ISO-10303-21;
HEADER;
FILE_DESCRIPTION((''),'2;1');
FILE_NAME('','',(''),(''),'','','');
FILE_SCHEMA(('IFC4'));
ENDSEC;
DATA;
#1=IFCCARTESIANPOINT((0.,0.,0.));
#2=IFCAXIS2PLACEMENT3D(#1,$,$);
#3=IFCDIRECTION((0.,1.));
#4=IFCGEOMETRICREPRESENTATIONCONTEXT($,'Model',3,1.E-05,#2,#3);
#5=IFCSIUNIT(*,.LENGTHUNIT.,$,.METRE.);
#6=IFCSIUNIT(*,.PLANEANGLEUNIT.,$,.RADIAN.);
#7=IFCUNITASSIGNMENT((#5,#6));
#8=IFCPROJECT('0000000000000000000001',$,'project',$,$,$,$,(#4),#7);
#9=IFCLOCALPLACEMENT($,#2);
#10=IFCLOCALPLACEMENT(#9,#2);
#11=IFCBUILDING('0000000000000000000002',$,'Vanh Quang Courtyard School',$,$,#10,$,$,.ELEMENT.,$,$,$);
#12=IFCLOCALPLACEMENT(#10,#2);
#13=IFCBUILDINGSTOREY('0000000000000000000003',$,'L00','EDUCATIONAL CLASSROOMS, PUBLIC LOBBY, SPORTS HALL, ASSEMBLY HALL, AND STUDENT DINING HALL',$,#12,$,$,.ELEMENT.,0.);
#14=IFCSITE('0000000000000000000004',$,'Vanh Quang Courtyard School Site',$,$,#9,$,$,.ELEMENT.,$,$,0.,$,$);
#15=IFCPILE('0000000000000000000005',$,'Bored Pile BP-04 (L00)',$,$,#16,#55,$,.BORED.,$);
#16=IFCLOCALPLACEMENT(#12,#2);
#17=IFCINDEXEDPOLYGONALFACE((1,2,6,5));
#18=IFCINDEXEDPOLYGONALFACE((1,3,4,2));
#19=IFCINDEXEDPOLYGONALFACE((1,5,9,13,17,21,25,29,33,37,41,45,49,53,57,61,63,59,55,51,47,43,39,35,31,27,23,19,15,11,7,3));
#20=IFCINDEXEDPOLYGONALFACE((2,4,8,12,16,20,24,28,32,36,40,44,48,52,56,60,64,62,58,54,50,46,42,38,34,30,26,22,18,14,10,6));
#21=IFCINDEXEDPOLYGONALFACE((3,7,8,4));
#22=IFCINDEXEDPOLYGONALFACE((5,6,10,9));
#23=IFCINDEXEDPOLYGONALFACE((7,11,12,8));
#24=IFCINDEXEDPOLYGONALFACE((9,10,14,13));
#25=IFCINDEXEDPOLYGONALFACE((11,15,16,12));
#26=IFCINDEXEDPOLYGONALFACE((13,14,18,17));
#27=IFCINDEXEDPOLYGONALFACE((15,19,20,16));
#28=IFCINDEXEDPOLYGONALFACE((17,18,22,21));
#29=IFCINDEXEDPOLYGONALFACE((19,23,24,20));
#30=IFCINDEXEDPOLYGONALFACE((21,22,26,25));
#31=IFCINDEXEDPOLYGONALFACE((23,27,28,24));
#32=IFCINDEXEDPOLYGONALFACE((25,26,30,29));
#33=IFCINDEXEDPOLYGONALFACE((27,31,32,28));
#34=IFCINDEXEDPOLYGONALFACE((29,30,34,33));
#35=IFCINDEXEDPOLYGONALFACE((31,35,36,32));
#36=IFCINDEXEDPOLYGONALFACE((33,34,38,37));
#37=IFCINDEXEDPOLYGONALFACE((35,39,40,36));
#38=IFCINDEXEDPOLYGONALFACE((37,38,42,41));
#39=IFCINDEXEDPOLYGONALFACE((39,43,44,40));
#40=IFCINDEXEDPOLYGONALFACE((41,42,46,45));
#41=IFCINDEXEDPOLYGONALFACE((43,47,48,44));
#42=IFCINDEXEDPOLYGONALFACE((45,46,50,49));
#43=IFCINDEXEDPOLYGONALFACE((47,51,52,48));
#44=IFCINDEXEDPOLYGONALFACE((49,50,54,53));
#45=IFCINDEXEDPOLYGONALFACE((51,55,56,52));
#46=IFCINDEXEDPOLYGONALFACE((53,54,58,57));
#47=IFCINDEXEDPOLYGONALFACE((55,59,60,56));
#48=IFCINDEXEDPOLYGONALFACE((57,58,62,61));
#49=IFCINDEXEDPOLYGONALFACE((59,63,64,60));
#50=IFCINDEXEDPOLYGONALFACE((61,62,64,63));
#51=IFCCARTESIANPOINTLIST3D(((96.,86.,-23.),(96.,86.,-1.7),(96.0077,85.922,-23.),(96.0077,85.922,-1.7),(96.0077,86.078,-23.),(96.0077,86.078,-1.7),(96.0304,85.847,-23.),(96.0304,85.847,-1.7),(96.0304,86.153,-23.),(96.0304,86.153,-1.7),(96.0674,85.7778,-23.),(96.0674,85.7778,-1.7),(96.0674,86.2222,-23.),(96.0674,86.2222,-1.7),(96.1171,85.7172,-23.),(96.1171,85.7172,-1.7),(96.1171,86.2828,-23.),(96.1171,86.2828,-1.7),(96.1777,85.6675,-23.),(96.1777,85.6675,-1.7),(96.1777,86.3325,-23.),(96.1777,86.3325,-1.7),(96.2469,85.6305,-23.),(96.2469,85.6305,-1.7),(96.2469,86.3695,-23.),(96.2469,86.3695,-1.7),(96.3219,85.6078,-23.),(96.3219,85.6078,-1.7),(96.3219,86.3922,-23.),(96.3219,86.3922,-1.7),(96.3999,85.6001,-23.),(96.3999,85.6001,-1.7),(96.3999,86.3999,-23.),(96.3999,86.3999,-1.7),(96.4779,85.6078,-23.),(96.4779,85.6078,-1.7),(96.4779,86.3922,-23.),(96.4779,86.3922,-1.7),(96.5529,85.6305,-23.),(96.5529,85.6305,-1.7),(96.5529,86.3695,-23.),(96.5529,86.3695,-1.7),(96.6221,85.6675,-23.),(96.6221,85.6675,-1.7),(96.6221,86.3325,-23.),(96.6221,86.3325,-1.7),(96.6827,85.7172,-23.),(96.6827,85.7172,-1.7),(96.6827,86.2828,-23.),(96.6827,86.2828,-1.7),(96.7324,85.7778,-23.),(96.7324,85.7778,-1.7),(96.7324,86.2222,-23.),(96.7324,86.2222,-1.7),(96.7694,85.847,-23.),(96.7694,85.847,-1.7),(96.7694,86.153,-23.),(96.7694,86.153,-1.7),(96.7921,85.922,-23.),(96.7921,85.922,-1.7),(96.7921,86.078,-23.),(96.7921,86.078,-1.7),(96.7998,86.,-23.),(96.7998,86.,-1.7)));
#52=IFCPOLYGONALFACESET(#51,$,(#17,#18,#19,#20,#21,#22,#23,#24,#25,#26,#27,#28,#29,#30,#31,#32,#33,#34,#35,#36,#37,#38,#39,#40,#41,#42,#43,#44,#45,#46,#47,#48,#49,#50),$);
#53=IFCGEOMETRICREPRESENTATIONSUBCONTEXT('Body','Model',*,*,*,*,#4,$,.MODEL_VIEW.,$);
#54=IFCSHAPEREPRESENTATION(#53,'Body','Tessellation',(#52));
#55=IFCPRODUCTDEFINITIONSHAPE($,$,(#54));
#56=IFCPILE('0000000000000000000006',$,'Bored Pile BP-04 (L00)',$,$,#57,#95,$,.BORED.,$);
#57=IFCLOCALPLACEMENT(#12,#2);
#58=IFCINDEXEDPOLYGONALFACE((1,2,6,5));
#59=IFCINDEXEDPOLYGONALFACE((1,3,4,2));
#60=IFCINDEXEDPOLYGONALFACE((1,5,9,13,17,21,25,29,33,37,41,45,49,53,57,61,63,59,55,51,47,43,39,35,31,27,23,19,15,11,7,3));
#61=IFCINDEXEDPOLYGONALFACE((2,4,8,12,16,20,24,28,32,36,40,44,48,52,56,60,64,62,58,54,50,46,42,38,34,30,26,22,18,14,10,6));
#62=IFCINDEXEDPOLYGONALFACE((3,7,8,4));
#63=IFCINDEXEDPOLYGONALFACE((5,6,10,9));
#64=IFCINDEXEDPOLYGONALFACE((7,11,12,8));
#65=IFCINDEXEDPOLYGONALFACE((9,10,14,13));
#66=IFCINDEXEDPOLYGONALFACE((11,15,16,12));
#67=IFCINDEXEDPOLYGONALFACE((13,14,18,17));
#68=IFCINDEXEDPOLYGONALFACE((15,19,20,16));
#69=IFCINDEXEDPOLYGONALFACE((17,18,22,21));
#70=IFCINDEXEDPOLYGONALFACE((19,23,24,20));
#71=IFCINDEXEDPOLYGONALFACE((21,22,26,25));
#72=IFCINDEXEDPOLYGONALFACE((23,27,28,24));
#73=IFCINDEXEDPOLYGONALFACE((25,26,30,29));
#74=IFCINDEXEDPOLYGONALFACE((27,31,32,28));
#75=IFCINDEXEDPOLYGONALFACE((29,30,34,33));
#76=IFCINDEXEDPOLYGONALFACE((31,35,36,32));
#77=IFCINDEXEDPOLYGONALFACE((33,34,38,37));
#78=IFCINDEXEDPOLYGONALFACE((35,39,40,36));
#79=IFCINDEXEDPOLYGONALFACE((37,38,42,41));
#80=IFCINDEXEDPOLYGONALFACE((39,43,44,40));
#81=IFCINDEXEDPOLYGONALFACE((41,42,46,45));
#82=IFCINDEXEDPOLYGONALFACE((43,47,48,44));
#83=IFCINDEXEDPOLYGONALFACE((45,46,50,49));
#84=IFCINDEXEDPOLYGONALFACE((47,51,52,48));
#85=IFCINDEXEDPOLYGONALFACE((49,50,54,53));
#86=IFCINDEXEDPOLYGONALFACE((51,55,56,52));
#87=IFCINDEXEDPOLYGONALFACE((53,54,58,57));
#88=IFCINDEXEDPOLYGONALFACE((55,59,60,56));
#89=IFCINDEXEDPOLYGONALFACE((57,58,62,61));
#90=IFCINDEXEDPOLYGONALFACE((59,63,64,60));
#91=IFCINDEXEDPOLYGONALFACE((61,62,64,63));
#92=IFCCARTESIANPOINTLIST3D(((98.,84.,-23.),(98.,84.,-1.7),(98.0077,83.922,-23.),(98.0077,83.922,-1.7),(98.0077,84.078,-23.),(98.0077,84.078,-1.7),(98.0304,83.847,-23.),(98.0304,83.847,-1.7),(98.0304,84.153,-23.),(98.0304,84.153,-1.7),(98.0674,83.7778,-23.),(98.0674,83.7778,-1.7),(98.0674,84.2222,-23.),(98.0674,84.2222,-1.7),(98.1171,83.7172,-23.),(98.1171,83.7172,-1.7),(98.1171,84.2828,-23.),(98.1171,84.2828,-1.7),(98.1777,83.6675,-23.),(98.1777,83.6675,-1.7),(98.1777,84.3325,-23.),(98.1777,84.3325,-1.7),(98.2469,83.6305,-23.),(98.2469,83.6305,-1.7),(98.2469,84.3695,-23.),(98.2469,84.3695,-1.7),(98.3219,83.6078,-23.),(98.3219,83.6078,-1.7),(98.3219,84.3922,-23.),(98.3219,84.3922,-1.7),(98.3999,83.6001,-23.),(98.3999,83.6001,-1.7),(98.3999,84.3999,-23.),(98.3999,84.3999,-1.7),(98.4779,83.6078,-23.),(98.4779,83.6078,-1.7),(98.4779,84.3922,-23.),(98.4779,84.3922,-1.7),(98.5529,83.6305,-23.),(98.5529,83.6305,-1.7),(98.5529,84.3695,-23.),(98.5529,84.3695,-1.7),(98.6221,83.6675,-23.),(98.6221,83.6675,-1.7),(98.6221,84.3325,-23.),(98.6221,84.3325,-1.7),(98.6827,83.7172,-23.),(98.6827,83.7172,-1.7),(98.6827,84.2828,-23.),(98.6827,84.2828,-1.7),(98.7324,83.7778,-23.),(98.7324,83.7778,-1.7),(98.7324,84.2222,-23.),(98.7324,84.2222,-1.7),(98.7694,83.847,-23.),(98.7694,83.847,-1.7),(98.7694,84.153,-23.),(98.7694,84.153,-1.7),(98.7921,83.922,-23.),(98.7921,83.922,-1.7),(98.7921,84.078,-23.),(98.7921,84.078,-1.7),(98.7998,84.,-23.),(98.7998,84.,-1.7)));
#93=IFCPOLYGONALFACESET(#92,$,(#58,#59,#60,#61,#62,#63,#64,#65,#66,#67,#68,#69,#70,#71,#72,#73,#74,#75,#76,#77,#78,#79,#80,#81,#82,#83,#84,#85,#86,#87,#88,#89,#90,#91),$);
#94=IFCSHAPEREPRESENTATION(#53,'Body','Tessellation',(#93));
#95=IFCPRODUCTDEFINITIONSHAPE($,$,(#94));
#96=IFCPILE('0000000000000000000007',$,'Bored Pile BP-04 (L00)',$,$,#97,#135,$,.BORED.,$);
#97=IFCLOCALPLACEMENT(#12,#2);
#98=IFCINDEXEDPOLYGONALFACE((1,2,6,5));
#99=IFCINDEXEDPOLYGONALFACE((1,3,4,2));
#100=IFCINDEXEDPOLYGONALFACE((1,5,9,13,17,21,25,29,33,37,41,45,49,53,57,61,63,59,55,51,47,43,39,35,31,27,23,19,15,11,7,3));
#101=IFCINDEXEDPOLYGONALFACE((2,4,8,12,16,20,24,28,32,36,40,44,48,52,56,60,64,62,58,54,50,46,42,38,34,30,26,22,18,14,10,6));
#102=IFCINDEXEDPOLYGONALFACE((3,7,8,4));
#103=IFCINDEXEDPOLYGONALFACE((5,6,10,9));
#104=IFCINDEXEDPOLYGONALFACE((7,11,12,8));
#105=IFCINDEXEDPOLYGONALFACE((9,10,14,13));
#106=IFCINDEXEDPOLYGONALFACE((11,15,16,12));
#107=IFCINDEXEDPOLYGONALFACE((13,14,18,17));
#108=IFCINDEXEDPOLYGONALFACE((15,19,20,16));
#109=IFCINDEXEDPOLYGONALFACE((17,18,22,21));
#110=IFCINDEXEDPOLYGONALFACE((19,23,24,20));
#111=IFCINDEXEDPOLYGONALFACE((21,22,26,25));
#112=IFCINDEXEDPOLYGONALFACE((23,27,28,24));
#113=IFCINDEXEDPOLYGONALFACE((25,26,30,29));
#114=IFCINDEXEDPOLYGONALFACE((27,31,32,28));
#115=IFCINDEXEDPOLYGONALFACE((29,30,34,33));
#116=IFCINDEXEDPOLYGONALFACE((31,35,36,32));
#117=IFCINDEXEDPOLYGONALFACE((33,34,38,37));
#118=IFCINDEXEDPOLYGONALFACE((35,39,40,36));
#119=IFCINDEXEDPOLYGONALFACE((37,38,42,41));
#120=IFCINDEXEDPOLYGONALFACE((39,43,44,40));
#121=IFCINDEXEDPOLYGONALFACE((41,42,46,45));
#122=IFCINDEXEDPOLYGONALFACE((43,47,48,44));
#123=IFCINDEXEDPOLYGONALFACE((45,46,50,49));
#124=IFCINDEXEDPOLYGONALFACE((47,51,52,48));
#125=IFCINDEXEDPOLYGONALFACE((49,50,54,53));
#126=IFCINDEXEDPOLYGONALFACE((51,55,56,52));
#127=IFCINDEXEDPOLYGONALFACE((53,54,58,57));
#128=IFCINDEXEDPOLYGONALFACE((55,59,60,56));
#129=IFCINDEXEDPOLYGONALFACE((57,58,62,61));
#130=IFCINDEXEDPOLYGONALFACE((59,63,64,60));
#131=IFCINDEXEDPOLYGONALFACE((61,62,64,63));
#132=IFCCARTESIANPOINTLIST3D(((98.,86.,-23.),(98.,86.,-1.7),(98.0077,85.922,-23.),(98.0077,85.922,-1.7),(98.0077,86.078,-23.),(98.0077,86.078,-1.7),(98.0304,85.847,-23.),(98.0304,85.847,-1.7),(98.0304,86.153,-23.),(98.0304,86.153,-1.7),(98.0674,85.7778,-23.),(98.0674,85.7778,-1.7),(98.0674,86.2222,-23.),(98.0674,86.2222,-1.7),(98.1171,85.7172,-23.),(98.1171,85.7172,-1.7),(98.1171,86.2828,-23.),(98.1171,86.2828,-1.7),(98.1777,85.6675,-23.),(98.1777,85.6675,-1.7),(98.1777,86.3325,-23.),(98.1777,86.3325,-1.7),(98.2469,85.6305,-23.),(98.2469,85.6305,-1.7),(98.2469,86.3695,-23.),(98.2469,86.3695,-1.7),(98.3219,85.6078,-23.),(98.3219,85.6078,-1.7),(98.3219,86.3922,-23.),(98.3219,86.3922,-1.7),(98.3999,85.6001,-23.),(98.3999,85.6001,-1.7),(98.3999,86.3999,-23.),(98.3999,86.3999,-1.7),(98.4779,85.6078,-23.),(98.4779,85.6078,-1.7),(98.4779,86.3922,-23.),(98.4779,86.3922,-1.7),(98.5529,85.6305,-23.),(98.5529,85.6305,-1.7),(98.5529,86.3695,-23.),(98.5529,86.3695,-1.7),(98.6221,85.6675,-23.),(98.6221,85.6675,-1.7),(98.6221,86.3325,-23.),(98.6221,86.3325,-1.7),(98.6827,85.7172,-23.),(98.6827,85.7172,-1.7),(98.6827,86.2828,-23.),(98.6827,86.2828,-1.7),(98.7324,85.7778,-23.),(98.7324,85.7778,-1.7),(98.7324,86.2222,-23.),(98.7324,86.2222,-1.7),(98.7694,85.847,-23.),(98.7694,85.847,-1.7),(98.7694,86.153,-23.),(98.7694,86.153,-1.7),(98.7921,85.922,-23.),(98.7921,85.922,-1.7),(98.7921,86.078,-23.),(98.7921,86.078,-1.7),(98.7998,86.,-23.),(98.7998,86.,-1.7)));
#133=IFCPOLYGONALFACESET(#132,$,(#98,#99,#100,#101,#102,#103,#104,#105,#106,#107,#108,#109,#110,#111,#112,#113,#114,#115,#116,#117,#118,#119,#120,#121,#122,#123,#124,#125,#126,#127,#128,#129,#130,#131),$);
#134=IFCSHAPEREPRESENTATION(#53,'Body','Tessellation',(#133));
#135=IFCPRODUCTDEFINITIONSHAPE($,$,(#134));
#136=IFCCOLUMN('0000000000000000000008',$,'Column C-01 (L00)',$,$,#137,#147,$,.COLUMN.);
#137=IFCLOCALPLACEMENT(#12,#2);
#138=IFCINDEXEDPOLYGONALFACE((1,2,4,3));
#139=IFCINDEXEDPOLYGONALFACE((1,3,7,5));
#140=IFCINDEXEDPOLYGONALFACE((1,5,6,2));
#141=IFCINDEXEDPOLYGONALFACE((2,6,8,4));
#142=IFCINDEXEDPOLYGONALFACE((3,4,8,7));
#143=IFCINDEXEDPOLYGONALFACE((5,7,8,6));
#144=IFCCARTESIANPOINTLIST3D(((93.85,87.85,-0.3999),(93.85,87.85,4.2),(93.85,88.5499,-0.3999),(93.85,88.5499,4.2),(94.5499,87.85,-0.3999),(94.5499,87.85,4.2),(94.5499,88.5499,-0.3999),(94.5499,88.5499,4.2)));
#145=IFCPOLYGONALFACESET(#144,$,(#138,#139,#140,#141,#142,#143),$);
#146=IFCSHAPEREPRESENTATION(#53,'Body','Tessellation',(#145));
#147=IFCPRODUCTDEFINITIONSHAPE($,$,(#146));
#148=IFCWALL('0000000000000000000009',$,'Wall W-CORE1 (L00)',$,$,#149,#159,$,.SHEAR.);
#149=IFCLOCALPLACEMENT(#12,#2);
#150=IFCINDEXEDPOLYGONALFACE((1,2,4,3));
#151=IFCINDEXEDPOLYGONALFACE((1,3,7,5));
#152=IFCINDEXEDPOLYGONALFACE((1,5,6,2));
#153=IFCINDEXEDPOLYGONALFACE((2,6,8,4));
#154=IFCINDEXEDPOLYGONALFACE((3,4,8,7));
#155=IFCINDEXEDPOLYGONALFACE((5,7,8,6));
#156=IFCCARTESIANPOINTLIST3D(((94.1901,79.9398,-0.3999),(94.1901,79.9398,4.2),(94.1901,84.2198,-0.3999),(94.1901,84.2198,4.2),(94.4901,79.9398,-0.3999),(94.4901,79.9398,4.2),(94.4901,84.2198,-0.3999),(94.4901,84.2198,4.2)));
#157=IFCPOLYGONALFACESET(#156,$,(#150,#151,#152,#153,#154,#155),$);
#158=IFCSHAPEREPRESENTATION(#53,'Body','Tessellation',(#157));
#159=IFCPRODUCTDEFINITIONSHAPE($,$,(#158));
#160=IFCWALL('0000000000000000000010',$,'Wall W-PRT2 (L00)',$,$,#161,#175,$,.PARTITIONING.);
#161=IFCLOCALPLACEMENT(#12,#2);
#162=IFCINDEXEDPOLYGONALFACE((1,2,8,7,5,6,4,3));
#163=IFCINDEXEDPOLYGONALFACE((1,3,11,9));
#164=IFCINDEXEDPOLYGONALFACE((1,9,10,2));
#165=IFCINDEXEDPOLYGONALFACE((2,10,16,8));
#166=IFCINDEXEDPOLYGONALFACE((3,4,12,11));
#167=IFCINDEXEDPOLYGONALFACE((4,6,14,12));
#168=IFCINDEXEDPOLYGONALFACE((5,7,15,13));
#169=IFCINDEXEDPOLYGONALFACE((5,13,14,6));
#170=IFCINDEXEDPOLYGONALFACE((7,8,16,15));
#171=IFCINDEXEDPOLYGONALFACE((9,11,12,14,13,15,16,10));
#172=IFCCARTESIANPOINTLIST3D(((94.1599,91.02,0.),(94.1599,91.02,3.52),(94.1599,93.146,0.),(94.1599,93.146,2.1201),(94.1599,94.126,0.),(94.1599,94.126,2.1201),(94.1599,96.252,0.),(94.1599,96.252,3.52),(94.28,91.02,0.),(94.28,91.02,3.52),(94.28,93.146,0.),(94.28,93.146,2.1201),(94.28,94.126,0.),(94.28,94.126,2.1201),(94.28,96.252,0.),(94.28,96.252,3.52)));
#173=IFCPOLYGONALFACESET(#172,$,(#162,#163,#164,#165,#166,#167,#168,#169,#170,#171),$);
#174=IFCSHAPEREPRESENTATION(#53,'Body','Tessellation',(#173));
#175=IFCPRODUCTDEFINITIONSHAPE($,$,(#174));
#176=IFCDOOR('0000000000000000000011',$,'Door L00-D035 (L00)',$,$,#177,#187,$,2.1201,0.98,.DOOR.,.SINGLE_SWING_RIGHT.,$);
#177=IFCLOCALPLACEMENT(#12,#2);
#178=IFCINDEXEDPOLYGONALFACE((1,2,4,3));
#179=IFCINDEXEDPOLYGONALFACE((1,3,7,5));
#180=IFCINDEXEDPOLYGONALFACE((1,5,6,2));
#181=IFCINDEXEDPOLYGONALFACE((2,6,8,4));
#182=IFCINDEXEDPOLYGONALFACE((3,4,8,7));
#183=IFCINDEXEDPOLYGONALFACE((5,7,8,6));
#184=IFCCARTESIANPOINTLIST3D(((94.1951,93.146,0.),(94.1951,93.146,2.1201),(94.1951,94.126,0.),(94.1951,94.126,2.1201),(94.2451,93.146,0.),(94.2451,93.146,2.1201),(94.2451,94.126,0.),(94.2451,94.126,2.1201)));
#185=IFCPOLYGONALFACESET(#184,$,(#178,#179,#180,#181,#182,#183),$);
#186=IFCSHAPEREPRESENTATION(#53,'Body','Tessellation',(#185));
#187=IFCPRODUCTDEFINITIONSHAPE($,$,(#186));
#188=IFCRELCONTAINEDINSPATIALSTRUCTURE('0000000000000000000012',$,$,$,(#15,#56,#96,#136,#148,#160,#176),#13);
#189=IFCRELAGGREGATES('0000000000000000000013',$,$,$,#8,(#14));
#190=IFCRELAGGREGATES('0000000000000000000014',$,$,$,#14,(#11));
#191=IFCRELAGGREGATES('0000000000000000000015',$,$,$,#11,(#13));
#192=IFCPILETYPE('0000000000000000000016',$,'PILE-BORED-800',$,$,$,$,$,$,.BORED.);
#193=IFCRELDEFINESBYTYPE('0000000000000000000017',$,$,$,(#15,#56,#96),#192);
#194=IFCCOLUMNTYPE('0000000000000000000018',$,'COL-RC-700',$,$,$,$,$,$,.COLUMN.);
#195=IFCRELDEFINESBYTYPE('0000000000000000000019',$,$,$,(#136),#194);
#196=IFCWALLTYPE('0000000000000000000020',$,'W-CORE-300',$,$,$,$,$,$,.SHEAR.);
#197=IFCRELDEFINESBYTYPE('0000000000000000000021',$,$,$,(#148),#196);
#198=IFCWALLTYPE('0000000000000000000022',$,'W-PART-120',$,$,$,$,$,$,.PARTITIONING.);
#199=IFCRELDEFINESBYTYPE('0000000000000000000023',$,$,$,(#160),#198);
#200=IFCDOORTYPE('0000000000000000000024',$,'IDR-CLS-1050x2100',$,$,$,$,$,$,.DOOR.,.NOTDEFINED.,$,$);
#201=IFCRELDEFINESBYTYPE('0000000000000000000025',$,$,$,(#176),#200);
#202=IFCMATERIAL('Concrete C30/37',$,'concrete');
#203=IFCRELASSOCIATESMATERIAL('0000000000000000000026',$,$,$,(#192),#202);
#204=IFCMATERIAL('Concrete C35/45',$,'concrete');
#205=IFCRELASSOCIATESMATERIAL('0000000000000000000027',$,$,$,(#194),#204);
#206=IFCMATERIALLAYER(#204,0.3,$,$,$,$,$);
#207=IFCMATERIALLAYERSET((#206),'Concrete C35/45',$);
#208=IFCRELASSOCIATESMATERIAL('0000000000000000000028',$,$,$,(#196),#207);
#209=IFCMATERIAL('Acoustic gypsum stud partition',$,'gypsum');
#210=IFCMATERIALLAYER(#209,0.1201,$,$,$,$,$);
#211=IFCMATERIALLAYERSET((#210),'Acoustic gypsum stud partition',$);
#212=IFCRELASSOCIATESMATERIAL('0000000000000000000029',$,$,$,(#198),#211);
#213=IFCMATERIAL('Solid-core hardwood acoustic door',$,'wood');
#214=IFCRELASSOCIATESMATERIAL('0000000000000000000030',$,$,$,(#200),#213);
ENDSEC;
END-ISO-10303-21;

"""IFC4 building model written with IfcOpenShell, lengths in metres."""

from ifc_helpers import new_model, si_unit, direction, frame, frame_2d, origin, origin_2d, place, context, subcontext, project, spatial, rectangle, circle, extrude, material, layer, layer_set, material_profile, profile_set, type_object, element, fill, save


model = new_model("IFC4")

# Units and contexts
model_context = context("Model", 3, precision=1e-05, world=origin(), true_north=direction((0.0, 1.0)))
body_context = subcontext(model_context, "Body", "Model", "MODEL_VIEW")
ifc_project = project(units=[si_unit("LENGTHUNIT", "METRE"), si_unit("PLANEANGLEUNIT", "RADIAN")], contexts=[model_context])

# Site, building, storey
site_placement = place(None, origin())
site = spatial("IfcSite", under=ifc_project, at=site_placement, Name="Vanh Quang Courtyard School Site", CompositionType="ELEMENT", RefElevation=0.0)
building_placement = place(site_placement, origin())
building = spatial("IfcBuilding", under=site, at=building_placement, Name="Vanh Quang Courtyard School", CompositionType="ELEMENT")
storey_placement = place(building_placement, origin())
storey = spatial("IfcBuildingStorey", under=building, at=storey_placement, Name="L00", Description="EDUCATIONAL CLASSROOMS, PUBLIC LOBBY, SPORTS HALL, ASSEMBLY HALL, AND STUDENT DINING HALL", CompositionType="ELEMENT", Elevation=0.0)

# Shared definitions
ifc_material_1 = material(Name="Concrete C35/45", Category="concrete")

# Piles
ifc_material_2 = material(Name="Concrete C30/37", Category="concrete")
ifc_material_profile_1 = material_profile(ifc_material_2, circle(Radius=0.3999, at=origin_2d()), Name="PILE D800")
ifc_profile_set_1 = profile_set([ifc_material_profile_1], Name="Concrete C30/37")
pile_type_1 = type_object("IfcPileType", Name="PILE-BORED-800", PredefinedType="BORED", material=ifc_profile_set_1)
for number, where, z_axis, x_axis, name in (
    (1, (96.3999, 86.0, -1.7), (0.0, 0.0, -1.0), (1.0, 0.0, 0.0), "Bored Pile BP-04 (L00)"),
    (2, (98.3999, 84.0, -1.7), (0.0, 0.0, -1.0), (1.0, 0.0, 0.0), "Bored Pile BP-04 (L00)"),
    (3, (98.3999, 86.0, -1.7), (0.0, 0.0, -1.0), (1.0, 0.0, 0.0), "Bored Pile BP-04 (L00)"),
):
    element("IfcPile", number, at=place(storey_placement, frame(where, z_axis=z_axis, x_axis=x_axis)), inside=storey, type_object=pile_type_1, Name=name, PredefinedType="BORED", context=body_context, shape_type="SweptSolid", body=[
        extrude(circle(Radius=0.3999, at=origin_2d()), origin(), (0.0, 0.0, 1.0), 21.3),
    ])

# Column
ifc_material_profile_2 = material_profile(ifc_material_1, rectangle(XDim=0.7, YDim=0.7, at=origin_2d()), Name="RC-COL 700x700")
ifc_profile_set_2 = profile_set([ifc_material_profile_2], Name="Concrete C35/45")
column_type = type_object("IfcColumnType", Name="COL-RC-700", PredefinedType="COLUMN", material=ifc_profile_set_2)
column_placement = place(storey_placement, frame((94.2, 88.2, -0.3999), z_axis=(0.0, 0.0, 1.0), x_axis=(1.0, 0.0, 0.0)))
element("IfcColumn", 4, at=column_placement, inside=storey, type_object=column_type, Name="Column C-01 (L00)", PredefinedType="COLUMN", context=body_context, shape_type="SweptSolid", body=[
    extrude(rectangle(XDim=0.7, YDim=0.7, at=origin_2d()), origin(), (0.0, 0.0, 1.0), 4.5999),
])

# Wall
ifc_layer_1 = layer(ifc_material_1, 0.3)
ifc_layer_set_1 = layer_set([ifc_layer_1], Name="Concrete C35/45")
wall_type_1 = type_object("IfcWallType", Name="W-CORE-300", PredefinedType="SHEAR", material=ifc_layer_set_1)
wall_1_placement = place(storey_placement, frame((94.3401, 84.22, -0.3999), z_axis=(0.0, 0.0, 1.0), x_axis=(0.0, -1.0, 0.0)))
element("IfcWall", 5, at=wall_1_placement, inside=storey, type_object=wall_type_1, Name="Wall W-CORE1 (L00)", PredefinedType="SHEAR", context=body_context, shape_type="SweptSolid", body=[
    extrude(rectangle(XDim=4.28, YDim=0.3, at=frame_2d((2.1401, 0.0))), origin(), (0.0, 0.0, 1.0), 4.5999),
])

# Wall, opening, door
ifc_material_3 = material(Name="Acoustic gypsum stud partition", Category="gypsum")
ifc_layer_2 = layer(ifc_material_3, 0.1201)
ifc_layer_set_2 = layer_set([ifc_layer_2], Name="Acoustic gypsum stud partition")
wall_type_2 = type_object("IfcWallType", Name="W-PART-120", PredefinedType="PARTITIONING", material=ifc_layer_set_2)
wall_2_placement = place(storey_placement, frame((94.22, 91.02, 0.0), z_axis=(0.0, 0.0, 1.0), x_axis=(0.0, 1.0, 0.0)))
wall_2 = element("IfcWall", 6, at=wall_2_placement, inside=storey, type_object=wall_type_2, Name="Wall W-PRT2 (L00)", PredefinedType="PARTITIONING", context=body_context, shape_type="SweptSolid", body=[
    extrude(rectangle(XDim=5.2319, YDim=0.1201, at=frame_2d((2.616, 0.0))), origin(), (0.0, 0.0, 1.0), 3.52),
])
opening_1_placement = place(wall_2_placement, frame((2.126, 0.0, 0.0)))
opening_1 = element("IfcOpeningElement", 7, at=opening_1_placement, cuts=wall_2, PredefinedType="OPENING", context=body_context, shape_type="SweptSolid", body=[
    extrude(rectangle(XDim=0.98, YDim=2.1201, at=frame_2d((0.49, 1.0601))), frame((0.0, 0.0701, 0.0), z_axis=(0.0, -1.0, 0.0), x_axis=(1.0, 0.0, 0.0)), (0.0, 0.0, 1.0), 0.1401),
])
ifc_material_4 = material(Name="Solid-core hardwood acoustic door", Category="wood")
door_type_1 = type_object("IfcDoorType", Name="IDR-CLS-1050x2100", OperationType="NOTDEFINED", PredefinedType="DOOR", material=ifc_material_4)
door_1_placement = place(opening_1_placement, origin())
door_1 = element("IfcDoor", 8, at=door_1_placement, inside=storey, type_object=door_type_1, Name="Door L00-D035 (L00)", OperationType="SINGLE_SWING_RIGHT", OverallHeight=2.1201, OverallWidth=0.98, PredefinedType="DOOR", context=body_context, shape_type="SweptSolid", body=[
    extrude(rectangle(XDim=0.98, YDim=2.1201, at=frame_2d((0.49, 1.0601))), frame((0.0, 0.0249, 0.0), z_axis=(0.0, -1.0, 0.0), x_axis=(1.0, 0.0, 0.0)), (0.0, 0.0, 1.0), 0.05),
])
fill(opening_1, door_1)

save(model, "model.ifc")
